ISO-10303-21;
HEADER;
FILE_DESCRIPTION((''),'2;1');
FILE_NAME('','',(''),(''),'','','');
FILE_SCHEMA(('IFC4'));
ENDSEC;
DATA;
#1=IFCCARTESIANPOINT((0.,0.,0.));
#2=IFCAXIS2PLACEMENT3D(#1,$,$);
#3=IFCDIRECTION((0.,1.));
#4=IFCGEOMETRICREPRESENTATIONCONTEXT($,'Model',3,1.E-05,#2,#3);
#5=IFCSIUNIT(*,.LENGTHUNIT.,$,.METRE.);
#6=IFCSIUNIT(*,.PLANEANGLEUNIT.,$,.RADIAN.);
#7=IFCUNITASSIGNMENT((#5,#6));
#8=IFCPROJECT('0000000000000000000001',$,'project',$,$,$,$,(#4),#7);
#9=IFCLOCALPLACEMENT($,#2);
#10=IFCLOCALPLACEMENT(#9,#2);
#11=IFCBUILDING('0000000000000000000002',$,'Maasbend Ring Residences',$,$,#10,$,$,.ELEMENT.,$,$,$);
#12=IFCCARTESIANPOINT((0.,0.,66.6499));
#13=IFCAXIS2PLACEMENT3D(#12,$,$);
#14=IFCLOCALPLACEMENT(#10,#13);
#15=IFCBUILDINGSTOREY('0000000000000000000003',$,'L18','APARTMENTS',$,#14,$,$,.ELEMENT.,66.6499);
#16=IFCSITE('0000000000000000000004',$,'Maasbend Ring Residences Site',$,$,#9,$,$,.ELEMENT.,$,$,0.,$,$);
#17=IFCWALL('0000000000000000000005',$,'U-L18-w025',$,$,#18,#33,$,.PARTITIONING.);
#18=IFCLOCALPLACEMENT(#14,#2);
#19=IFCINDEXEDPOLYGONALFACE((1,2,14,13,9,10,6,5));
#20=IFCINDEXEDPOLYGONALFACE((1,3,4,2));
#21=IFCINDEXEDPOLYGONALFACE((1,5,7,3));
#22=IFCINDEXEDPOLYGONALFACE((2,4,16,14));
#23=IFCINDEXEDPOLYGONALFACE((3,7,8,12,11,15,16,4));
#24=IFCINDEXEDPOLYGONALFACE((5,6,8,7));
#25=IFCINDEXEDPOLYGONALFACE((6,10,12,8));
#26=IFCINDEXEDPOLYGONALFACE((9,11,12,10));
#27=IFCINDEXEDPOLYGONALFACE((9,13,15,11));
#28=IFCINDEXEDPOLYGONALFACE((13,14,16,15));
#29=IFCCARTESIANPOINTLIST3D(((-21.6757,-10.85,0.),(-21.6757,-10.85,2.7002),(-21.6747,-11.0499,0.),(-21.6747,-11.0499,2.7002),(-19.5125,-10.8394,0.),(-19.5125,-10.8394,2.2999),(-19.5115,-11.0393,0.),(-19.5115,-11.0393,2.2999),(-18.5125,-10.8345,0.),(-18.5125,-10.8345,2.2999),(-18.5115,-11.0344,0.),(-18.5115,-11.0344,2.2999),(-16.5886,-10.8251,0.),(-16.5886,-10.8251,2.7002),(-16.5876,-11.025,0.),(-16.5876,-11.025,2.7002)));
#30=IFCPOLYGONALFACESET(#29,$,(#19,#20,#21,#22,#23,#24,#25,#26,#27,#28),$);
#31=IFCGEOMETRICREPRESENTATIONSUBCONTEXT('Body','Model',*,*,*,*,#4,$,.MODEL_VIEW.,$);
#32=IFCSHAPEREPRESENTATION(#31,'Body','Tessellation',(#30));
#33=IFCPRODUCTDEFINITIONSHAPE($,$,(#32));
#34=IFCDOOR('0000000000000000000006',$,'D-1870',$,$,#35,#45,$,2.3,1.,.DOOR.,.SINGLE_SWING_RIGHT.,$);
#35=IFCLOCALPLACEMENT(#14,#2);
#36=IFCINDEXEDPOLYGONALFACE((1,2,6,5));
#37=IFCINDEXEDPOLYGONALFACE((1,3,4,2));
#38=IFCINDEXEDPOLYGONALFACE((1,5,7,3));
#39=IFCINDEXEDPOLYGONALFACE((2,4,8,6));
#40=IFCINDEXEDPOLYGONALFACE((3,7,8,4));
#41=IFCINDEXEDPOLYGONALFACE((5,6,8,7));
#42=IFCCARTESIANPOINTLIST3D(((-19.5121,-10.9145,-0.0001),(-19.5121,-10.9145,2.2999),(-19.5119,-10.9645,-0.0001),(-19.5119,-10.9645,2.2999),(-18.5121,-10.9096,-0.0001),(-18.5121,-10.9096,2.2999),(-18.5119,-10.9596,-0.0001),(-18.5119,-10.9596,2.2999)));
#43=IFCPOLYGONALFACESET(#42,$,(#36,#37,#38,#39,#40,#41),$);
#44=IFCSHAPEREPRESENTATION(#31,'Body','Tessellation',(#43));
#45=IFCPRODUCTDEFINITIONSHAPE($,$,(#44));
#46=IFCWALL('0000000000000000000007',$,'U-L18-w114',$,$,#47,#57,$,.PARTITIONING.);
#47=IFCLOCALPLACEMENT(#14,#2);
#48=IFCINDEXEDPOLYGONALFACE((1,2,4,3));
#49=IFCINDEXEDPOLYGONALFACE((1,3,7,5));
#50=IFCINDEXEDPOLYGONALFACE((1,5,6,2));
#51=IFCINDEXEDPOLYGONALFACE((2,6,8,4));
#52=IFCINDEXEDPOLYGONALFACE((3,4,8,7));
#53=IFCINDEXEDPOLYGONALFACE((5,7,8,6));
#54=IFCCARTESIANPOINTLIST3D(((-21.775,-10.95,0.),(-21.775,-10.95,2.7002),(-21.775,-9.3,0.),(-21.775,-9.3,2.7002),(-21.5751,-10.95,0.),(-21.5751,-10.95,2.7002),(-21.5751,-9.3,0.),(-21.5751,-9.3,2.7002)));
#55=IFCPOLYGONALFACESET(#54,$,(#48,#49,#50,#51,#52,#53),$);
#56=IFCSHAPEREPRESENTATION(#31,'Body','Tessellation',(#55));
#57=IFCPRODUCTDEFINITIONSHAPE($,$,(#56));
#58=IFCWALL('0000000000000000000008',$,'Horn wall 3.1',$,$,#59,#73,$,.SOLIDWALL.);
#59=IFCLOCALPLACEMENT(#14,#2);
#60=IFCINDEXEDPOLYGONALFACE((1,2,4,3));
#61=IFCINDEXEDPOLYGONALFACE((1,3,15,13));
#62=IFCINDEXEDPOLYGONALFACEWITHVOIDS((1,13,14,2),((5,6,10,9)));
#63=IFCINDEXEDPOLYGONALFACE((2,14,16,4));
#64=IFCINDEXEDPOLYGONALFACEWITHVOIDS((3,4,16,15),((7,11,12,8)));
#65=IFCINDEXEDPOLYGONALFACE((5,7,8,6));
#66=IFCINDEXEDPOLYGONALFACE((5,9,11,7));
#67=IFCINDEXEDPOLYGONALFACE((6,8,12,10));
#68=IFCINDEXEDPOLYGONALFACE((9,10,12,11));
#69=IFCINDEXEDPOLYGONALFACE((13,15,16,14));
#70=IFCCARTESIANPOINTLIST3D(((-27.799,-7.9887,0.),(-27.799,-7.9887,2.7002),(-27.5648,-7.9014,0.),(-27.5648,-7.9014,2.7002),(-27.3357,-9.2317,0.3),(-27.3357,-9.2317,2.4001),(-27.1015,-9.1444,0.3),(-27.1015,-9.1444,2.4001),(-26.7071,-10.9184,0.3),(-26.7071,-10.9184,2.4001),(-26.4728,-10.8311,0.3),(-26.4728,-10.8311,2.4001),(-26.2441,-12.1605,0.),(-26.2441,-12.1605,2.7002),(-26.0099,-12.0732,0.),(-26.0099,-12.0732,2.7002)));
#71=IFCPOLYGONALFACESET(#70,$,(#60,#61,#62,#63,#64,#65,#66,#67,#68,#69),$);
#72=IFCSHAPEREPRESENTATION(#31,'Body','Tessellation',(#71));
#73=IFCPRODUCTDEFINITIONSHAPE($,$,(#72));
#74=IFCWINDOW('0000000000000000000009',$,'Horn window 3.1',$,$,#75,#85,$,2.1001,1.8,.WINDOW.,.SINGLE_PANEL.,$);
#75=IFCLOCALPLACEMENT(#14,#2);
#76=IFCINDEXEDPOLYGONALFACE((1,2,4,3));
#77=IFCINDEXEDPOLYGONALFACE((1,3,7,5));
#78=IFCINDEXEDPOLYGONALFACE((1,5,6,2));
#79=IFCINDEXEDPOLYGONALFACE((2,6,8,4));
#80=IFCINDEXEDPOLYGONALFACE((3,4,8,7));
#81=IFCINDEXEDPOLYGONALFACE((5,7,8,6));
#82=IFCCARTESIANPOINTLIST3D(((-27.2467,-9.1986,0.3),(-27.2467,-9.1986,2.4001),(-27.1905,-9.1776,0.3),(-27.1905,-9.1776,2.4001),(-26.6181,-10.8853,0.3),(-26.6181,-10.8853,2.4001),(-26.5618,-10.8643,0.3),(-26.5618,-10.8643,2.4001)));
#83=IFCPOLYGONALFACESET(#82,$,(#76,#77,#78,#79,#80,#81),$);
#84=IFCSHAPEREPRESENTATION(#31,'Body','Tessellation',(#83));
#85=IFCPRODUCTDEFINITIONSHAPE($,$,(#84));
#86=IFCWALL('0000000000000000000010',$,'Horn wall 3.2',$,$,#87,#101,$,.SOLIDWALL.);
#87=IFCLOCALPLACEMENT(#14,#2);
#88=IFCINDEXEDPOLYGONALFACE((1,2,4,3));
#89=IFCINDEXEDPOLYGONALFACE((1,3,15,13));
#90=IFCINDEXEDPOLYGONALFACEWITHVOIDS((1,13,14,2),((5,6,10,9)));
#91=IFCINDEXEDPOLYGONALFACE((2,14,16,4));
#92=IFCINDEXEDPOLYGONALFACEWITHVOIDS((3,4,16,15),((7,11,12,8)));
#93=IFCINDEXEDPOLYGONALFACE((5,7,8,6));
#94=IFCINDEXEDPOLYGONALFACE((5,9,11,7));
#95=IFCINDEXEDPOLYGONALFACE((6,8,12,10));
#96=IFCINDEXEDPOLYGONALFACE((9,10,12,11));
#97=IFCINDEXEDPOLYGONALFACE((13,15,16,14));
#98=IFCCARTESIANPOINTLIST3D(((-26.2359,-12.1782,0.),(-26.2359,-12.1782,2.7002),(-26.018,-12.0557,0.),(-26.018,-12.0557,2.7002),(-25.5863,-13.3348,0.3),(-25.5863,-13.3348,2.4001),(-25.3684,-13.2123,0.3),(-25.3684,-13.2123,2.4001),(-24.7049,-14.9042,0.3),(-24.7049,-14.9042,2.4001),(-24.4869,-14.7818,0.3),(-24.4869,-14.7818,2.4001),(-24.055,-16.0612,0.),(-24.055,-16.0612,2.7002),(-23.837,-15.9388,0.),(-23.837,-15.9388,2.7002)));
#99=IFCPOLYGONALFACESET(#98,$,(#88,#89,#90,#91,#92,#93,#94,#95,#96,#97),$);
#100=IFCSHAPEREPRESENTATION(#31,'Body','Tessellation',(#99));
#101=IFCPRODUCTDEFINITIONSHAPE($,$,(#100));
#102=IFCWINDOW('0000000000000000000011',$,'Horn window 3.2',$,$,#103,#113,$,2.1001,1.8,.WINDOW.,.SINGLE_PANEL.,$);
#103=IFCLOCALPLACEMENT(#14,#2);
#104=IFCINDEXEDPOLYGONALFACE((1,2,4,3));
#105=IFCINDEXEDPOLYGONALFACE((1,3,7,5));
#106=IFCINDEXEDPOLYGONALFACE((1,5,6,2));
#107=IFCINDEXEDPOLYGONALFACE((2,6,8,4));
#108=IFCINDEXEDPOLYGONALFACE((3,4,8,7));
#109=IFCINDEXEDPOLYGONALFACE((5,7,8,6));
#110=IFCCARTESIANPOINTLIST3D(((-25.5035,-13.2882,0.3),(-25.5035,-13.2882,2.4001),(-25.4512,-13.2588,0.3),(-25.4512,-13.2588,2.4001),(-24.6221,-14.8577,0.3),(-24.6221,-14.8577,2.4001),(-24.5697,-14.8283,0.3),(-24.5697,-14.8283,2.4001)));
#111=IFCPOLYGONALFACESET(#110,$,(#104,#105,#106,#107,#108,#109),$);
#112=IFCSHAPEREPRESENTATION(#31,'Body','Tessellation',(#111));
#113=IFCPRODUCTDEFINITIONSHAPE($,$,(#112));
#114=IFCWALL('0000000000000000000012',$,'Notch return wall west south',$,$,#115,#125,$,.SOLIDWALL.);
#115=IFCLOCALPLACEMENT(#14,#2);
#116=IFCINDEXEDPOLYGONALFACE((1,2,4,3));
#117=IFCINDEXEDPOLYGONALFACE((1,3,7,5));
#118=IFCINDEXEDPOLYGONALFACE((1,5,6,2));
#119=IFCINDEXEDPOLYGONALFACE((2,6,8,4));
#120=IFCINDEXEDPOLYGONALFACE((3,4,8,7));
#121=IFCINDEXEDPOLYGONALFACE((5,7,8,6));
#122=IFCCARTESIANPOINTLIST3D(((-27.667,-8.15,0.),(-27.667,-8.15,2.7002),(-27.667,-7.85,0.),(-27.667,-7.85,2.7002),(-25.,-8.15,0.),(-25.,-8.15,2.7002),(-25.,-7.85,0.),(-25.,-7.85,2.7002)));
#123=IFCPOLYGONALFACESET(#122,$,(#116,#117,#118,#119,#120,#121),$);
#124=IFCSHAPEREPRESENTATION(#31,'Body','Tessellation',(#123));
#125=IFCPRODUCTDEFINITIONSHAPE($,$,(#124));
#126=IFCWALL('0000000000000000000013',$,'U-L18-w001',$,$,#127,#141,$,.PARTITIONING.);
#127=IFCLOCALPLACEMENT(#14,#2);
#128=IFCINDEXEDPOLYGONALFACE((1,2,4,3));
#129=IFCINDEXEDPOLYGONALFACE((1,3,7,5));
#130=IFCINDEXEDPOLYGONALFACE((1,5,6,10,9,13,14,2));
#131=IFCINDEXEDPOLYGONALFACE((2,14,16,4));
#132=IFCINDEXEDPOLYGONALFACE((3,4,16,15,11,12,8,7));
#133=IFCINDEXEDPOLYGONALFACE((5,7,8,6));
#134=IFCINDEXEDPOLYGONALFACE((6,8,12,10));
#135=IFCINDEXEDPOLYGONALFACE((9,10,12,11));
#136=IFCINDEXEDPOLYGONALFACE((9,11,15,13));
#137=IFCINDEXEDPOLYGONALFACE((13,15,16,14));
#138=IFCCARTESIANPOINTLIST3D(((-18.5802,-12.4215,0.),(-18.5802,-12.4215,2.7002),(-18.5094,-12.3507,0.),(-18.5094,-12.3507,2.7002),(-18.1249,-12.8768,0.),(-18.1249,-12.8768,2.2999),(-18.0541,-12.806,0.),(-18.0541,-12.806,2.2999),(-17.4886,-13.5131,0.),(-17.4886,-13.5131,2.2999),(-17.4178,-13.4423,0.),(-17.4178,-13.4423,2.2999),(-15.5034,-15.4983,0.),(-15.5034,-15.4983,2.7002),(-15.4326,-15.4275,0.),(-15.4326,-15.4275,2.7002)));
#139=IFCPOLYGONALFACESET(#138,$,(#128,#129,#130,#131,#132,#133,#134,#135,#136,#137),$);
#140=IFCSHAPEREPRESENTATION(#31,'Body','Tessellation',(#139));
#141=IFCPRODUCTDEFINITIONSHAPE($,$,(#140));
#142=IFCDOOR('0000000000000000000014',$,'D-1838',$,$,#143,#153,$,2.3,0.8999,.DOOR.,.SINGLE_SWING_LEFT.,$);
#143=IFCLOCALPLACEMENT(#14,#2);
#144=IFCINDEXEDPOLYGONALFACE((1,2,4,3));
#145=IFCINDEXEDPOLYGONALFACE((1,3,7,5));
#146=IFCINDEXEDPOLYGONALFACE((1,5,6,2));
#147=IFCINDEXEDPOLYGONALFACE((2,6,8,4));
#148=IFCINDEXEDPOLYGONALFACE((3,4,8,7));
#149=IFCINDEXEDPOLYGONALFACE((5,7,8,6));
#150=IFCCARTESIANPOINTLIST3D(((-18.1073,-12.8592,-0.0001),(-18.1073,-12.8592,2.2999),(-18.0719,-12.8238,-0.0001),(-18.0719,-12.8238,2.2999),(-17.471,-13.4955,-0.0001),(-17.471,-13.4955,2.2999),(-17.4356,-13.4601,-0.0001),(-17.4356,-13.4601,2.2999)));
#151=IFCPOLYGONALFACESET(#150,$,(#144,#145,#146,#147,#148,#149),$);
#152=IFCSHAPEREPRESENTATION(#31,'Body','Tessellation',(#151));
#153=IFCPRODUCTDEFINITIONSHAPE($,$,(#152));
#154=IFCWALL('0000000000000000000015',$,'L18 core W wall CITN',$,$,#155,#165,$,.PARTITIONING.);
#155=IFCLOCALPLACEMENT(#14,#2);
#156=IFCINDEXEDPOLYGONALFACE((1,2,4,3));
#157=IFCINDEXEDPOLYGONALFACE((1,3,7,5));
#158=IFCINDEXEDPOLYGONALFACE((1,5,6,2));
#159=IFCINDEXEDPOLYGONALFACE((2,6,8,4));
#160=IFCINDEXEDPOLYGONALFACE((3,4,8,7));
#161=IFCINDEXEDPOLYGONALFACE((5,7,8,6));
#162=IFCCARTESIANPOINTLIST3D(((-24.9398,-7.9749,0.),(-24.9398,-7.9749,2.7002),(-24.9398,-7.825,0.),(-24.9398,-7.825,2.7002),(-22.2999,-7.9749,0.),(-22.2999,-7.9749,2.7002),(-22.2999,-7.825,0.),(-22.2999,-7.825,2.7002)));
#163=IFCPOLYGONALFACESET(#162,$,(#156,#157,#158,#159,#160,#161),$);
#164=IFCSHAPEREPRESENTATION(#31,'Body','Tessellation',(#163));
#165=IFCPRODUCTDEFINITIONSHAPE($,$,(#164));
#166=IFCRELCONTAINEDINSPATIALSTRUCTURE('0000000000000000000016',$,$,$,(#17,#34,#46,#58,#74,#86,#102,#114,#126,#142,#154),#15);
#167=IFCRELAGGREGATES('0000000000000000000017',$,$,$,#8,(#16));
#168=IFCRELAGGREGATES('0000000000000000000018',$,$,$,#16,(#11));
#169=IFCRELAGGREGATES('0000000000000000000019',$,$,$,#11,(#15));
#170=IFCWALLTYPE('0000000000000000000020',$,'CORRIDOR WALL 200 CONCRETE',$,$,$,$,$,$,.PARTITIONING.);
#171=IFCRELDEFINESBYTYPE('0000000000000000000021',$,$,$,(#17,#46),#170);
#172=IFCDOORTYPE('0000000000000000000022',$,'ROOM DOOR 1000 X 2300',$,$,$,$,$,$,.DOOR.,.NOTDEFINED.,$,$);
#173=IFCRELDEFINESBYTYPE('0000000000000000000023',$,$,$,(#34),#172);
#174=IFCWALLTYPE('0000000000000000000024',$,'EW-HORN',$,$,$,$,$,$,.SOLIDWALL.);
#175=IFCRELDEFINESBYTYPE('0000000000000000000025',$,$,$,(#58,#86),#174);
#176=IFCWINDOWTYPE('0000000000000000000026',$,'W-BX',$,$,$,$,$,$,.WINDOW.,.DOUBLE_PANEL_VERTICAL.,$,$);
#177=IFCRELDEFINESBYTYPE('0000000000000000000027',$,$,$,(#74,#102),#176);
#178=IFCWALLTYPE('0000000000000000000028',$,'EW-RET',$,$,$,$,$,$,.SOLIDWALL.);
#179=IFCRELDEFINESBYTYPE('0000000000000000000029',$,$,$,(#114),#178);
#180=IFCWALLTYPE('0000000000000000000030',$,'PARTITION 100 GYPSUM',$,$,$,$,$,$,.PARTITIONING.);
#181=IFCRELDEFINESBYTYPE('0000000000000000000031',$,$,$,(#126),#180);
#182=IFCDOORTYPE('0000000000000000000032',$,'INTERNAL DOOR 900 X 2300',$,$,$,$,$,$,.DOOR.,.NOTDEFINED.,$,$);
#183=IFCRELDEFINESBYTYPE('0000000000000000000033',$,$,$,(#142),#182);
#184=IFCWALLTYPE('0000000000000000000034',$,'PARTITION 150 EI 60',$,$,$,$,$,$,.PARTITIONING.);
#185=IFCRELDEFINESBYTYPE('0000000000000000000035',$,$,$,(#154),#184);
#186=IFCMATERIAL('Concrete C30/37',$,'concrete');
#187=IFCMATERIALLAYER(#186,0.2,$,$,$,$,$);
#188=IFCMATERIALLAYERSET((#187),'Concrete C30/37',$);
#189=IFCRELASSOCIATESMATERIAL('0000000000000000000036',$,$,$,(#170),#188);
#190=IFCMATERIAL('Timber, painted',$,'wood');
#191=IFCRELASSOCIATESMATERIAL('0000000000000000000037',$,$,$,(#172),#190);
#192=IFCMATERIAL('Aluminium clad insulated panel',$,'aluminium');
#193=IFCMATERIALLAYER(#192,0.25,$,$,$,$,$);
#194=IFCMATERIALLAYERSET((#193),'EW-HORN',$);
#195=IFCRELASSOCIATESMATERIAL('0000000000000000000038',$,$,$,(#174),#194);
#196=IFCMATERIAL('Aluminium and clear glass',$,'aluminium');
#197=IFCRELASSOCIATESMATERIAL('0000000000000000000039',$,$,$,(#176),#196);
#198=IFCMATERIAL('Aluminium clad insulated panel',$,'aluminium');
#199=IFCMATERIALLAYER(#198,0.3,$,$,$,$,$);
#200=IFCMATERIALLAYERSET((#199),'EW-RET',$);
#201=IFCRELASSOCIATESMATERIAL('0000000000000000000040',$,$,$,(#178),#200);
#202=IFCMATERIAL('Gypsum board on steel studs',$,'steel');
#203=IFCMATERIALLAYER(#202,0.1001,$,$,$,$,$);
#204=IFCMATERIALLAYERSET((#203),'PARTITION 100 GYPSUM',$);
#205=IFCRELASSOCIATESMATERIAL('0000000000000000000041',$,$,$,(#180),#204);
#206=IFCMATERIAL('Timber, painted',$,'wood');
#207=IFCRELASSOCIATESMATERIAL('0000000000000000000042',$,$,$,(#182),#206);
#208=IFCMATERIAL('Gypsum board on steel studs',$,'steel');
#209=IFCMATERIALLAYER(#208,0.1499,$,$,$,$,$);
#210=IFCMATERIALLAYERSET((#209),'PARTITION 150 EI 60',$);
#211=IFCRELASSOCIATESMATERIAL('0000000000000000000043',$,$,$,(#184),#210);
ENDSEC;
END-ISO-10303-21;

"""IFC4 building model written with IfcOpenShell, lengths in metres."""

from ifc_helpers import new_model, si_unit, direction, frame, frame_2d, origin, place, context, subcontext, project, spatial, rectangle, extrude, material, layer, layer_set, type_object, element, fill, save


model = new_model("IFC4")

# Units and contexts
model_context = context("Model", 3, precision=1e-05, world=origin(), true_north=direction((0.0, 1.0)))
body_context = subcontext(model_context, "Body", "Model", "MODEL_VIEW")
ifc_project = project(units=[si_unit("LENGTHUNIT", "METRE"), si_unit("PLANEANGLEUNIT", "RADIAN")], contexts=[model_context])

# Site, building, storey
site_placement = place(None, origin())
site = spatial("IfcSite", under=ifc_project, at=site_placement, Name="Maasbend Ring Residences Site", CompositionType="ELEMENT", RefElevation=0.0)
building_placement = place(site_placement, origin())
building = spatial("IfcBuilding", under=site, at=building_placement, Name="Maasbend Ring Residences", CompositionType="ELEMENT")
storey_placement = place(building_placement, frame((0.0, 0.0, 66.6499)))
storey = spatial("IfcBuildingStorey", under=building, at=storey_placement, Name="L18", Description="APARTMENTS", CompositionType="ELEMENT", Elevation=66.6499)

# Wall, opening, door
ifc_material_1 = material(Name="Concrete C30/37", Category="concrete")
ifc_layer_1 = layer(ifc_material_1, 0.2)
ifc_layer_set_1 = layer_set([ifc_layer_1], Name="Concrete C30/37")
wall_type_1 = type_object("IfcWallType", Name="CORRIDOR WALL 200 CONCRETE", PredefinedType="PARTITIONING", material=ifc_layer_set_1)
wall_1_placement = place(storey_placement, frame((-21.675, -10.95, 0.0), z_axis=(0.0, 0.0, 1.0), x_axis=(0.999988, 0.004895, 0.0)))
wall_1 = element("IfcWall", 1, at=wall_1_placement, inside=storey, type_object=wall_type_1, Name="U-L18-w025", PredefinedType="PARTITIONING", context=body_context, shape_type="SweptSolid", body=[
    extrude(rectangle(XDim=5.0872, YDim=0.2, at=frame_2d((2.5435, 0.0))), origin(), (0.0, 0.0, 1.0), 2.7002),
])
opening_1_placement = place(wall_1_placement, frame((2.1631, 0.0, 0.0)))
opening_1 = element("IfcOpeningElement", 2, at=opening_1_placement, cuts=wall_1, PredefinedType="OPENING", context=body_context, shape_type="SweptSolid", body=[
    extrude(rectangle(XDim=1.0, YDim=2.3, at=frame_2d((0.5, 1.1499))), frame((0.0, 0.1099, 0.0), z_axis=(0.0, -1.0, 0.0), x_axis=(1.0, 0.0, 0.0)), (0.0, 0.0, 1.0), 0.22),
])
ifc_material_2 = material(Name="Timber, painted", Category="wood")
door_type_1 = type_object("IfcDoorType", Name="ROOM DOOR 1000 X 2300", OperationType="NOTDEFINED", PredefinedType="DOOR", material=ifc_material_2)
door_1_placement = place(opening_1_placement, origin())
door_1 = element("IfcDoor", 3, at=door_1_placement, inside=storey, type_object=door_type_1, Name="D-1870", OperationType="SINGLE_SWING_RIGHT", OverallHeight=2.3, OverallWidth=1.0, PredefinedType="DOOR", context=body_context, shape_type="SweptSolid", body=[
    extrude(rectangle(XDim=1.0, YDim=2.3, at=frame_2d((0.5, 1.1499))), frame((0.0, 0.0249, 0.0), z_axis=(0.0, -1.0, 0.0), x_axis=(1.0, 0.0, 0.0)), (0.0, 0.0, 1.0), 0.05),
])
fill(opening_1, door_1)

# Wall
wall_2_placement = place(storey_placement, frame((-21.675, -10.95, 0.0), z_axis=(0.0, 0.0, 1.0), x_axis=(0.0, 1.0, 0.0)))
element("IfcWall", 4, at=wall_2_placement, inside=storey, type_object=wall_type_1, Name="U-L18-w114", PredefinedType="PARTITIONING", context=body_context, shape_type="SweptSolid", body=[
    extrude(rectangle(XDim=1.6499, YDim=0.2, at=frame_2d((0.825, 0.0))), origin(), (0.0, 0.0, 1.0), 2.7002),
])

# Walls, openings, windows
ifc_material_3 = material(Name="Aluminium clad insulated panel", Category="aluminium")
ifc_layer_2 = layer(ifc_material_3, 0.25)
ifc_layer_set_2 = layer_set([ifc_layer_2], Name="EW-HORN")
wall_type_2 = type_object("IfcWallType", Name="EW-HORN", PredefinedType="SOLIDWALL", material=ifc_layer_set_2)
wall_3_placement = place(storey_placement, frame((-27.6819, -7.9451, 0.0), z_axis=(0.0, 0.0, 1.0), x_axis=(0.349248, -0.93703, 0.0)))
wall_3 = element("IfcWall", 5, at=wall_3_placement, inside=storey, type_object=wall_type_2, Name="Horn wall 3.1", PredefinedType="SOLIDWALL", context=body_context, shape_type="SweptSolid", body=[
    extrude(rectangle(XDim=4.4521, YDim=0.25, at=frame_2d((2.2261, 0.0))), origin(), (0.0, 0.0, 1.0), 2.7002),
])
opening_2_placement = place(wall_3_placement, frame((1.3267, 0.0, 0.3)))
opening_2 = element("IfcOpeningElement", 6, at=opening_2_placement, cuts=wall_3, PredefinedType="OPENING", context=body_context, shape_type="SweptSolid", body=[
    extrude(rectangle(XDim=1.8, YDim=2.1001, at=frame_2d((0.8999, 1.05))), frame((0.0, 0.135, 0.0), z_axis=(0.0, -1.0, 0.0), x_axis=(1.0, 0.0, 0.0)), (0.0, 0.0, 1.0), 0.27),
])
ifc_material_4 = material(Name="Aluminium and clear glass", Category="aluminium")
window_type = type_object("IfcWindowType", Name="W-BX", PartitioningType="DOUBLE_PANEL_VERTICAL", PredefinedType="WINDOW", material=ifc_material_4)
window_1_placement = place(opening_2_placement, origin())
window_1 = element("IfcWindow", 7, at=window_1_placement, inside=storey, type_object=window_type, Name="Horn window 3.1", OverallHeight=2.1001, OverallWidth=1.8, PartitioningType="SINGLE_PANEL", PredefinedType="WINDOW", context=body_context, shape_type="SweptSolid", body=[
    extrude(rectangle(XDim=1.8, YDim=2.1001, at=frame_2d((0.8999, 1.05))), frame((0.0, 0.03, 0.0), z_axis=(0.0, -1.0, 0.0), x_axis=(1.0, 0.0, 0.0)), (0.0, 0.0, 1.0), 0.0601),
])
fill(opening_2, window_1)
wall_4_placement = place(storey_placement, frame((-26.127, -12.1169, 0.0), z_axis=(0.0, 0.0, 1.0), x_axis=(0.489696, -0.871893, 0.0)))
wall_4 = element("IfcWall", 8, at=wall_4_placement, inside=storey, type_object=wall_type_2, Name="Horn wall 3.2", PredefinedType="SOLIDWALL", context=body_context, shape_type="SweptSolid", body=[
    extrude(rectangle(XDim=4.4536, YDim=0.25, at=frame_2d((2.2268, 0.0))), origin(), (0.0, 0.0, 1.0), 2.7002),
])
opening_3_placement = place(wall_4_placement, frame((1.3267, 0.0, 0.3)))
opening_3 = element("IfcOpeningElement", 9, at=opening_3_placement, cuts=wall_4, PredefinedType="OPENING", context=body_context, shape_type="SweptSolid", body=[
    extrude(rectangle(XDim=1.8, YDim=2.1001, at=frame_2d((0.8999, 1.05))), frame((0.0, 0.135, 0.0), z_axis=(0.0, -1.0, 0.0), x_axis=(1.0, 0.0, 0.0)), (0.0, 0.0, 1.0), 0.27),
])
window_2_placement = place(opening_3_placement, origin())
window_2 = element("IfcWindow", 10, at=window_2_placement, inside=storey, type_object=window_type, Name="Horn window 3.2", OverallHeight=2.1001, OverallWidth=1.8, PartitioningType="SINGLE_PANEL", PredefinedType="WINDOW", context=body_context, shape_type="SweptSolid", body=[
    extrude(rectangle(XDim=1.8, YDim=2.1001, at=frame_2d((0.8999, 1.05))), frame((0.0, 0.03, 0.0), z_axis=(0.0, -1.0, 0.0), x_axis=(1.0, 0.0, 0.0)), (0.0, 0.0, 1.0), 0.0601),
])
fill(opening_3, window_2)

# Wall
ifc_material_5 = material(Name="Aluminium clad insulated panel", Category="aluminium")
ifc_layer_3 = layer(ifc_material_5, 0.3)
ifc_layer_set_3 = layer_set([ifc_layer_3], Name="EW-RET")
wall_type_3 = type_object("IfcWallType", Name="EW-RET", PredefinedType="SOLIDWALL", material=ifc_layer_set_3)
wall_5_placement = place(storey_placement, frame((-25.0, -8.0, 0.0), z_axis=(0.0, 0.0, 1.0), x_axis=(-1.0, 0.0, 0.0)))
element("IfcWall", 11, at=wall_5_placement, inside=storey, type_object=wall_type_3, Name="Notch return wall west south", PredefinedType="SOLIDWALL", context=body_context, shape_type="SweptSolid", body=[
    extrude(rectangle(XDim=2.667, YDim=0.3, at=frame_2d((1.3335, 0.0))), origin(), (0.0, 0.0, 1.0), 2.7002),
])

# Wall, opening, door
ifc_material_6 = material(Name="Gypsum board on steel studs", Category="steel")
ifc_layer_4 = layer(ifc_material_6, 0.1001)
ifc_layer_set_4 = layer_set([ifc_layer_4], Name="PARTITION 100 GYPSUM")
wall_type_4 = type_object("IfcWallType", Name="PARTITION 100 GYPSUM", PredefinedType="PARTITIONING", material=ifc_layer_set_4)
wall_6_placement = place(storey_placement, frame((-18.5449, -12.386, 0.0), z_axis=(0.0, 0.0, 1.0), x_axis=(0.707107, -0.707107, 0.0)))
wall_6 = element("IfcWall", 12, at=wall_6_placement, inside=storey, type_object=wall_type_4, Name="U-L18-w001", PredefinedType="PARTITIONING", context=body_context, shape_type="SweptSolid", body=[
    extrude(rectangle(XDim=4.3513, YDim=0.1001, at=frame_2d((2.1758, 0.0))), origin(), (0.0, 0.0, 1.0), 2.7002),
])
opening_4_placement = place(wall_6_placement, frame((0.644, 0.0, 0.0)))
opening_4 = element("IfcOpeningElement", 13, at=opening_4_placement, cuts=wall_6, PredefinedType="OPENING", context=body_context, shape_type="SweptSolid", body=[
    extrude(rectangle(XDim=0.8999, YDim=2.3, at=frame_2d((0.45, 1.1499))), frame((0.0, 0.0601, 0.0), z_axis=(0.0, -1.0, 0.0), x_axis=(1.0, 0.0, 0.0)), (0.0, 0.0, 1.0), 0.1201),
])
ifc_material_7 = material(Name="Timber, painted", Category="wood")
door_type_2 = type_object("IfcDoorType", Name="INTERNAL DOOR 900 X 2300", OperationType="NOTDEFINED", PredefinedType="DOOR", material=ifc_material_7)
door_2_placement = place(opening_4_placement, origin())
door_2 = element("IfcDoor", 14, at=door_2_placement, inside=storey, type_object=door_type_2, Name="D-1838", OperationType="SINGLE_SWING_LEFT", OverallHeight=2.3, OverallWidth=0.8999, PredefinedType="DOOR", context=body_context, shape_type="SweptSolid", body=[
    extrude(rectangle(XDim=0.8999, YDim=2.3, at=frame_2d((0.45, 1.1499))), frame((0.0, 0.0249, 0.0), z_axis=(0.0, -1.0, 0.0), x_axis=(1.0, 0.0, 0.0)), (0.0, 0.0, 1.0), 0.05),
])
fill(opening_4, door_2)

# Wall
ifc_material_8 = material(Name="Gypsum board on steel studs", Category="steel")
ifc_layer_5 = layer(ifc_material_8, 0.1499)
ifc_layer_set_5 = layer_set([ifc_layer_5], Name="PARTITION 150 EI 60")
wall_type_5 = type_object("IfcWallType", Name="PARTITION 150 EI 60", PredefinedType="PARTITIONING", material=ifc_layer_set_5)
wall_7_placement = place(storey_placement, frame((-22.3, -7.8999, 0.0), z_axis=(0.0, 0.0, 1.0), x_axis=(-1.0, 0.0, 0.0)))
element("IfcWall", 15, at=wall_7_placement, inside=storey, type_object=wall_type_5, Name="L18 core W wall CITN", PredefinedType="PARTITIONING", context=body_context, shape_type="SweptSolid", body=[
    extrude(rectangle(XDim=2.6399, YDim=0.1499, at=frame_2d((1.3198, 0.0))), origin(), (0.0, 0.0, 1.0), 2.7002),
])

save(model, "model.ifc")
